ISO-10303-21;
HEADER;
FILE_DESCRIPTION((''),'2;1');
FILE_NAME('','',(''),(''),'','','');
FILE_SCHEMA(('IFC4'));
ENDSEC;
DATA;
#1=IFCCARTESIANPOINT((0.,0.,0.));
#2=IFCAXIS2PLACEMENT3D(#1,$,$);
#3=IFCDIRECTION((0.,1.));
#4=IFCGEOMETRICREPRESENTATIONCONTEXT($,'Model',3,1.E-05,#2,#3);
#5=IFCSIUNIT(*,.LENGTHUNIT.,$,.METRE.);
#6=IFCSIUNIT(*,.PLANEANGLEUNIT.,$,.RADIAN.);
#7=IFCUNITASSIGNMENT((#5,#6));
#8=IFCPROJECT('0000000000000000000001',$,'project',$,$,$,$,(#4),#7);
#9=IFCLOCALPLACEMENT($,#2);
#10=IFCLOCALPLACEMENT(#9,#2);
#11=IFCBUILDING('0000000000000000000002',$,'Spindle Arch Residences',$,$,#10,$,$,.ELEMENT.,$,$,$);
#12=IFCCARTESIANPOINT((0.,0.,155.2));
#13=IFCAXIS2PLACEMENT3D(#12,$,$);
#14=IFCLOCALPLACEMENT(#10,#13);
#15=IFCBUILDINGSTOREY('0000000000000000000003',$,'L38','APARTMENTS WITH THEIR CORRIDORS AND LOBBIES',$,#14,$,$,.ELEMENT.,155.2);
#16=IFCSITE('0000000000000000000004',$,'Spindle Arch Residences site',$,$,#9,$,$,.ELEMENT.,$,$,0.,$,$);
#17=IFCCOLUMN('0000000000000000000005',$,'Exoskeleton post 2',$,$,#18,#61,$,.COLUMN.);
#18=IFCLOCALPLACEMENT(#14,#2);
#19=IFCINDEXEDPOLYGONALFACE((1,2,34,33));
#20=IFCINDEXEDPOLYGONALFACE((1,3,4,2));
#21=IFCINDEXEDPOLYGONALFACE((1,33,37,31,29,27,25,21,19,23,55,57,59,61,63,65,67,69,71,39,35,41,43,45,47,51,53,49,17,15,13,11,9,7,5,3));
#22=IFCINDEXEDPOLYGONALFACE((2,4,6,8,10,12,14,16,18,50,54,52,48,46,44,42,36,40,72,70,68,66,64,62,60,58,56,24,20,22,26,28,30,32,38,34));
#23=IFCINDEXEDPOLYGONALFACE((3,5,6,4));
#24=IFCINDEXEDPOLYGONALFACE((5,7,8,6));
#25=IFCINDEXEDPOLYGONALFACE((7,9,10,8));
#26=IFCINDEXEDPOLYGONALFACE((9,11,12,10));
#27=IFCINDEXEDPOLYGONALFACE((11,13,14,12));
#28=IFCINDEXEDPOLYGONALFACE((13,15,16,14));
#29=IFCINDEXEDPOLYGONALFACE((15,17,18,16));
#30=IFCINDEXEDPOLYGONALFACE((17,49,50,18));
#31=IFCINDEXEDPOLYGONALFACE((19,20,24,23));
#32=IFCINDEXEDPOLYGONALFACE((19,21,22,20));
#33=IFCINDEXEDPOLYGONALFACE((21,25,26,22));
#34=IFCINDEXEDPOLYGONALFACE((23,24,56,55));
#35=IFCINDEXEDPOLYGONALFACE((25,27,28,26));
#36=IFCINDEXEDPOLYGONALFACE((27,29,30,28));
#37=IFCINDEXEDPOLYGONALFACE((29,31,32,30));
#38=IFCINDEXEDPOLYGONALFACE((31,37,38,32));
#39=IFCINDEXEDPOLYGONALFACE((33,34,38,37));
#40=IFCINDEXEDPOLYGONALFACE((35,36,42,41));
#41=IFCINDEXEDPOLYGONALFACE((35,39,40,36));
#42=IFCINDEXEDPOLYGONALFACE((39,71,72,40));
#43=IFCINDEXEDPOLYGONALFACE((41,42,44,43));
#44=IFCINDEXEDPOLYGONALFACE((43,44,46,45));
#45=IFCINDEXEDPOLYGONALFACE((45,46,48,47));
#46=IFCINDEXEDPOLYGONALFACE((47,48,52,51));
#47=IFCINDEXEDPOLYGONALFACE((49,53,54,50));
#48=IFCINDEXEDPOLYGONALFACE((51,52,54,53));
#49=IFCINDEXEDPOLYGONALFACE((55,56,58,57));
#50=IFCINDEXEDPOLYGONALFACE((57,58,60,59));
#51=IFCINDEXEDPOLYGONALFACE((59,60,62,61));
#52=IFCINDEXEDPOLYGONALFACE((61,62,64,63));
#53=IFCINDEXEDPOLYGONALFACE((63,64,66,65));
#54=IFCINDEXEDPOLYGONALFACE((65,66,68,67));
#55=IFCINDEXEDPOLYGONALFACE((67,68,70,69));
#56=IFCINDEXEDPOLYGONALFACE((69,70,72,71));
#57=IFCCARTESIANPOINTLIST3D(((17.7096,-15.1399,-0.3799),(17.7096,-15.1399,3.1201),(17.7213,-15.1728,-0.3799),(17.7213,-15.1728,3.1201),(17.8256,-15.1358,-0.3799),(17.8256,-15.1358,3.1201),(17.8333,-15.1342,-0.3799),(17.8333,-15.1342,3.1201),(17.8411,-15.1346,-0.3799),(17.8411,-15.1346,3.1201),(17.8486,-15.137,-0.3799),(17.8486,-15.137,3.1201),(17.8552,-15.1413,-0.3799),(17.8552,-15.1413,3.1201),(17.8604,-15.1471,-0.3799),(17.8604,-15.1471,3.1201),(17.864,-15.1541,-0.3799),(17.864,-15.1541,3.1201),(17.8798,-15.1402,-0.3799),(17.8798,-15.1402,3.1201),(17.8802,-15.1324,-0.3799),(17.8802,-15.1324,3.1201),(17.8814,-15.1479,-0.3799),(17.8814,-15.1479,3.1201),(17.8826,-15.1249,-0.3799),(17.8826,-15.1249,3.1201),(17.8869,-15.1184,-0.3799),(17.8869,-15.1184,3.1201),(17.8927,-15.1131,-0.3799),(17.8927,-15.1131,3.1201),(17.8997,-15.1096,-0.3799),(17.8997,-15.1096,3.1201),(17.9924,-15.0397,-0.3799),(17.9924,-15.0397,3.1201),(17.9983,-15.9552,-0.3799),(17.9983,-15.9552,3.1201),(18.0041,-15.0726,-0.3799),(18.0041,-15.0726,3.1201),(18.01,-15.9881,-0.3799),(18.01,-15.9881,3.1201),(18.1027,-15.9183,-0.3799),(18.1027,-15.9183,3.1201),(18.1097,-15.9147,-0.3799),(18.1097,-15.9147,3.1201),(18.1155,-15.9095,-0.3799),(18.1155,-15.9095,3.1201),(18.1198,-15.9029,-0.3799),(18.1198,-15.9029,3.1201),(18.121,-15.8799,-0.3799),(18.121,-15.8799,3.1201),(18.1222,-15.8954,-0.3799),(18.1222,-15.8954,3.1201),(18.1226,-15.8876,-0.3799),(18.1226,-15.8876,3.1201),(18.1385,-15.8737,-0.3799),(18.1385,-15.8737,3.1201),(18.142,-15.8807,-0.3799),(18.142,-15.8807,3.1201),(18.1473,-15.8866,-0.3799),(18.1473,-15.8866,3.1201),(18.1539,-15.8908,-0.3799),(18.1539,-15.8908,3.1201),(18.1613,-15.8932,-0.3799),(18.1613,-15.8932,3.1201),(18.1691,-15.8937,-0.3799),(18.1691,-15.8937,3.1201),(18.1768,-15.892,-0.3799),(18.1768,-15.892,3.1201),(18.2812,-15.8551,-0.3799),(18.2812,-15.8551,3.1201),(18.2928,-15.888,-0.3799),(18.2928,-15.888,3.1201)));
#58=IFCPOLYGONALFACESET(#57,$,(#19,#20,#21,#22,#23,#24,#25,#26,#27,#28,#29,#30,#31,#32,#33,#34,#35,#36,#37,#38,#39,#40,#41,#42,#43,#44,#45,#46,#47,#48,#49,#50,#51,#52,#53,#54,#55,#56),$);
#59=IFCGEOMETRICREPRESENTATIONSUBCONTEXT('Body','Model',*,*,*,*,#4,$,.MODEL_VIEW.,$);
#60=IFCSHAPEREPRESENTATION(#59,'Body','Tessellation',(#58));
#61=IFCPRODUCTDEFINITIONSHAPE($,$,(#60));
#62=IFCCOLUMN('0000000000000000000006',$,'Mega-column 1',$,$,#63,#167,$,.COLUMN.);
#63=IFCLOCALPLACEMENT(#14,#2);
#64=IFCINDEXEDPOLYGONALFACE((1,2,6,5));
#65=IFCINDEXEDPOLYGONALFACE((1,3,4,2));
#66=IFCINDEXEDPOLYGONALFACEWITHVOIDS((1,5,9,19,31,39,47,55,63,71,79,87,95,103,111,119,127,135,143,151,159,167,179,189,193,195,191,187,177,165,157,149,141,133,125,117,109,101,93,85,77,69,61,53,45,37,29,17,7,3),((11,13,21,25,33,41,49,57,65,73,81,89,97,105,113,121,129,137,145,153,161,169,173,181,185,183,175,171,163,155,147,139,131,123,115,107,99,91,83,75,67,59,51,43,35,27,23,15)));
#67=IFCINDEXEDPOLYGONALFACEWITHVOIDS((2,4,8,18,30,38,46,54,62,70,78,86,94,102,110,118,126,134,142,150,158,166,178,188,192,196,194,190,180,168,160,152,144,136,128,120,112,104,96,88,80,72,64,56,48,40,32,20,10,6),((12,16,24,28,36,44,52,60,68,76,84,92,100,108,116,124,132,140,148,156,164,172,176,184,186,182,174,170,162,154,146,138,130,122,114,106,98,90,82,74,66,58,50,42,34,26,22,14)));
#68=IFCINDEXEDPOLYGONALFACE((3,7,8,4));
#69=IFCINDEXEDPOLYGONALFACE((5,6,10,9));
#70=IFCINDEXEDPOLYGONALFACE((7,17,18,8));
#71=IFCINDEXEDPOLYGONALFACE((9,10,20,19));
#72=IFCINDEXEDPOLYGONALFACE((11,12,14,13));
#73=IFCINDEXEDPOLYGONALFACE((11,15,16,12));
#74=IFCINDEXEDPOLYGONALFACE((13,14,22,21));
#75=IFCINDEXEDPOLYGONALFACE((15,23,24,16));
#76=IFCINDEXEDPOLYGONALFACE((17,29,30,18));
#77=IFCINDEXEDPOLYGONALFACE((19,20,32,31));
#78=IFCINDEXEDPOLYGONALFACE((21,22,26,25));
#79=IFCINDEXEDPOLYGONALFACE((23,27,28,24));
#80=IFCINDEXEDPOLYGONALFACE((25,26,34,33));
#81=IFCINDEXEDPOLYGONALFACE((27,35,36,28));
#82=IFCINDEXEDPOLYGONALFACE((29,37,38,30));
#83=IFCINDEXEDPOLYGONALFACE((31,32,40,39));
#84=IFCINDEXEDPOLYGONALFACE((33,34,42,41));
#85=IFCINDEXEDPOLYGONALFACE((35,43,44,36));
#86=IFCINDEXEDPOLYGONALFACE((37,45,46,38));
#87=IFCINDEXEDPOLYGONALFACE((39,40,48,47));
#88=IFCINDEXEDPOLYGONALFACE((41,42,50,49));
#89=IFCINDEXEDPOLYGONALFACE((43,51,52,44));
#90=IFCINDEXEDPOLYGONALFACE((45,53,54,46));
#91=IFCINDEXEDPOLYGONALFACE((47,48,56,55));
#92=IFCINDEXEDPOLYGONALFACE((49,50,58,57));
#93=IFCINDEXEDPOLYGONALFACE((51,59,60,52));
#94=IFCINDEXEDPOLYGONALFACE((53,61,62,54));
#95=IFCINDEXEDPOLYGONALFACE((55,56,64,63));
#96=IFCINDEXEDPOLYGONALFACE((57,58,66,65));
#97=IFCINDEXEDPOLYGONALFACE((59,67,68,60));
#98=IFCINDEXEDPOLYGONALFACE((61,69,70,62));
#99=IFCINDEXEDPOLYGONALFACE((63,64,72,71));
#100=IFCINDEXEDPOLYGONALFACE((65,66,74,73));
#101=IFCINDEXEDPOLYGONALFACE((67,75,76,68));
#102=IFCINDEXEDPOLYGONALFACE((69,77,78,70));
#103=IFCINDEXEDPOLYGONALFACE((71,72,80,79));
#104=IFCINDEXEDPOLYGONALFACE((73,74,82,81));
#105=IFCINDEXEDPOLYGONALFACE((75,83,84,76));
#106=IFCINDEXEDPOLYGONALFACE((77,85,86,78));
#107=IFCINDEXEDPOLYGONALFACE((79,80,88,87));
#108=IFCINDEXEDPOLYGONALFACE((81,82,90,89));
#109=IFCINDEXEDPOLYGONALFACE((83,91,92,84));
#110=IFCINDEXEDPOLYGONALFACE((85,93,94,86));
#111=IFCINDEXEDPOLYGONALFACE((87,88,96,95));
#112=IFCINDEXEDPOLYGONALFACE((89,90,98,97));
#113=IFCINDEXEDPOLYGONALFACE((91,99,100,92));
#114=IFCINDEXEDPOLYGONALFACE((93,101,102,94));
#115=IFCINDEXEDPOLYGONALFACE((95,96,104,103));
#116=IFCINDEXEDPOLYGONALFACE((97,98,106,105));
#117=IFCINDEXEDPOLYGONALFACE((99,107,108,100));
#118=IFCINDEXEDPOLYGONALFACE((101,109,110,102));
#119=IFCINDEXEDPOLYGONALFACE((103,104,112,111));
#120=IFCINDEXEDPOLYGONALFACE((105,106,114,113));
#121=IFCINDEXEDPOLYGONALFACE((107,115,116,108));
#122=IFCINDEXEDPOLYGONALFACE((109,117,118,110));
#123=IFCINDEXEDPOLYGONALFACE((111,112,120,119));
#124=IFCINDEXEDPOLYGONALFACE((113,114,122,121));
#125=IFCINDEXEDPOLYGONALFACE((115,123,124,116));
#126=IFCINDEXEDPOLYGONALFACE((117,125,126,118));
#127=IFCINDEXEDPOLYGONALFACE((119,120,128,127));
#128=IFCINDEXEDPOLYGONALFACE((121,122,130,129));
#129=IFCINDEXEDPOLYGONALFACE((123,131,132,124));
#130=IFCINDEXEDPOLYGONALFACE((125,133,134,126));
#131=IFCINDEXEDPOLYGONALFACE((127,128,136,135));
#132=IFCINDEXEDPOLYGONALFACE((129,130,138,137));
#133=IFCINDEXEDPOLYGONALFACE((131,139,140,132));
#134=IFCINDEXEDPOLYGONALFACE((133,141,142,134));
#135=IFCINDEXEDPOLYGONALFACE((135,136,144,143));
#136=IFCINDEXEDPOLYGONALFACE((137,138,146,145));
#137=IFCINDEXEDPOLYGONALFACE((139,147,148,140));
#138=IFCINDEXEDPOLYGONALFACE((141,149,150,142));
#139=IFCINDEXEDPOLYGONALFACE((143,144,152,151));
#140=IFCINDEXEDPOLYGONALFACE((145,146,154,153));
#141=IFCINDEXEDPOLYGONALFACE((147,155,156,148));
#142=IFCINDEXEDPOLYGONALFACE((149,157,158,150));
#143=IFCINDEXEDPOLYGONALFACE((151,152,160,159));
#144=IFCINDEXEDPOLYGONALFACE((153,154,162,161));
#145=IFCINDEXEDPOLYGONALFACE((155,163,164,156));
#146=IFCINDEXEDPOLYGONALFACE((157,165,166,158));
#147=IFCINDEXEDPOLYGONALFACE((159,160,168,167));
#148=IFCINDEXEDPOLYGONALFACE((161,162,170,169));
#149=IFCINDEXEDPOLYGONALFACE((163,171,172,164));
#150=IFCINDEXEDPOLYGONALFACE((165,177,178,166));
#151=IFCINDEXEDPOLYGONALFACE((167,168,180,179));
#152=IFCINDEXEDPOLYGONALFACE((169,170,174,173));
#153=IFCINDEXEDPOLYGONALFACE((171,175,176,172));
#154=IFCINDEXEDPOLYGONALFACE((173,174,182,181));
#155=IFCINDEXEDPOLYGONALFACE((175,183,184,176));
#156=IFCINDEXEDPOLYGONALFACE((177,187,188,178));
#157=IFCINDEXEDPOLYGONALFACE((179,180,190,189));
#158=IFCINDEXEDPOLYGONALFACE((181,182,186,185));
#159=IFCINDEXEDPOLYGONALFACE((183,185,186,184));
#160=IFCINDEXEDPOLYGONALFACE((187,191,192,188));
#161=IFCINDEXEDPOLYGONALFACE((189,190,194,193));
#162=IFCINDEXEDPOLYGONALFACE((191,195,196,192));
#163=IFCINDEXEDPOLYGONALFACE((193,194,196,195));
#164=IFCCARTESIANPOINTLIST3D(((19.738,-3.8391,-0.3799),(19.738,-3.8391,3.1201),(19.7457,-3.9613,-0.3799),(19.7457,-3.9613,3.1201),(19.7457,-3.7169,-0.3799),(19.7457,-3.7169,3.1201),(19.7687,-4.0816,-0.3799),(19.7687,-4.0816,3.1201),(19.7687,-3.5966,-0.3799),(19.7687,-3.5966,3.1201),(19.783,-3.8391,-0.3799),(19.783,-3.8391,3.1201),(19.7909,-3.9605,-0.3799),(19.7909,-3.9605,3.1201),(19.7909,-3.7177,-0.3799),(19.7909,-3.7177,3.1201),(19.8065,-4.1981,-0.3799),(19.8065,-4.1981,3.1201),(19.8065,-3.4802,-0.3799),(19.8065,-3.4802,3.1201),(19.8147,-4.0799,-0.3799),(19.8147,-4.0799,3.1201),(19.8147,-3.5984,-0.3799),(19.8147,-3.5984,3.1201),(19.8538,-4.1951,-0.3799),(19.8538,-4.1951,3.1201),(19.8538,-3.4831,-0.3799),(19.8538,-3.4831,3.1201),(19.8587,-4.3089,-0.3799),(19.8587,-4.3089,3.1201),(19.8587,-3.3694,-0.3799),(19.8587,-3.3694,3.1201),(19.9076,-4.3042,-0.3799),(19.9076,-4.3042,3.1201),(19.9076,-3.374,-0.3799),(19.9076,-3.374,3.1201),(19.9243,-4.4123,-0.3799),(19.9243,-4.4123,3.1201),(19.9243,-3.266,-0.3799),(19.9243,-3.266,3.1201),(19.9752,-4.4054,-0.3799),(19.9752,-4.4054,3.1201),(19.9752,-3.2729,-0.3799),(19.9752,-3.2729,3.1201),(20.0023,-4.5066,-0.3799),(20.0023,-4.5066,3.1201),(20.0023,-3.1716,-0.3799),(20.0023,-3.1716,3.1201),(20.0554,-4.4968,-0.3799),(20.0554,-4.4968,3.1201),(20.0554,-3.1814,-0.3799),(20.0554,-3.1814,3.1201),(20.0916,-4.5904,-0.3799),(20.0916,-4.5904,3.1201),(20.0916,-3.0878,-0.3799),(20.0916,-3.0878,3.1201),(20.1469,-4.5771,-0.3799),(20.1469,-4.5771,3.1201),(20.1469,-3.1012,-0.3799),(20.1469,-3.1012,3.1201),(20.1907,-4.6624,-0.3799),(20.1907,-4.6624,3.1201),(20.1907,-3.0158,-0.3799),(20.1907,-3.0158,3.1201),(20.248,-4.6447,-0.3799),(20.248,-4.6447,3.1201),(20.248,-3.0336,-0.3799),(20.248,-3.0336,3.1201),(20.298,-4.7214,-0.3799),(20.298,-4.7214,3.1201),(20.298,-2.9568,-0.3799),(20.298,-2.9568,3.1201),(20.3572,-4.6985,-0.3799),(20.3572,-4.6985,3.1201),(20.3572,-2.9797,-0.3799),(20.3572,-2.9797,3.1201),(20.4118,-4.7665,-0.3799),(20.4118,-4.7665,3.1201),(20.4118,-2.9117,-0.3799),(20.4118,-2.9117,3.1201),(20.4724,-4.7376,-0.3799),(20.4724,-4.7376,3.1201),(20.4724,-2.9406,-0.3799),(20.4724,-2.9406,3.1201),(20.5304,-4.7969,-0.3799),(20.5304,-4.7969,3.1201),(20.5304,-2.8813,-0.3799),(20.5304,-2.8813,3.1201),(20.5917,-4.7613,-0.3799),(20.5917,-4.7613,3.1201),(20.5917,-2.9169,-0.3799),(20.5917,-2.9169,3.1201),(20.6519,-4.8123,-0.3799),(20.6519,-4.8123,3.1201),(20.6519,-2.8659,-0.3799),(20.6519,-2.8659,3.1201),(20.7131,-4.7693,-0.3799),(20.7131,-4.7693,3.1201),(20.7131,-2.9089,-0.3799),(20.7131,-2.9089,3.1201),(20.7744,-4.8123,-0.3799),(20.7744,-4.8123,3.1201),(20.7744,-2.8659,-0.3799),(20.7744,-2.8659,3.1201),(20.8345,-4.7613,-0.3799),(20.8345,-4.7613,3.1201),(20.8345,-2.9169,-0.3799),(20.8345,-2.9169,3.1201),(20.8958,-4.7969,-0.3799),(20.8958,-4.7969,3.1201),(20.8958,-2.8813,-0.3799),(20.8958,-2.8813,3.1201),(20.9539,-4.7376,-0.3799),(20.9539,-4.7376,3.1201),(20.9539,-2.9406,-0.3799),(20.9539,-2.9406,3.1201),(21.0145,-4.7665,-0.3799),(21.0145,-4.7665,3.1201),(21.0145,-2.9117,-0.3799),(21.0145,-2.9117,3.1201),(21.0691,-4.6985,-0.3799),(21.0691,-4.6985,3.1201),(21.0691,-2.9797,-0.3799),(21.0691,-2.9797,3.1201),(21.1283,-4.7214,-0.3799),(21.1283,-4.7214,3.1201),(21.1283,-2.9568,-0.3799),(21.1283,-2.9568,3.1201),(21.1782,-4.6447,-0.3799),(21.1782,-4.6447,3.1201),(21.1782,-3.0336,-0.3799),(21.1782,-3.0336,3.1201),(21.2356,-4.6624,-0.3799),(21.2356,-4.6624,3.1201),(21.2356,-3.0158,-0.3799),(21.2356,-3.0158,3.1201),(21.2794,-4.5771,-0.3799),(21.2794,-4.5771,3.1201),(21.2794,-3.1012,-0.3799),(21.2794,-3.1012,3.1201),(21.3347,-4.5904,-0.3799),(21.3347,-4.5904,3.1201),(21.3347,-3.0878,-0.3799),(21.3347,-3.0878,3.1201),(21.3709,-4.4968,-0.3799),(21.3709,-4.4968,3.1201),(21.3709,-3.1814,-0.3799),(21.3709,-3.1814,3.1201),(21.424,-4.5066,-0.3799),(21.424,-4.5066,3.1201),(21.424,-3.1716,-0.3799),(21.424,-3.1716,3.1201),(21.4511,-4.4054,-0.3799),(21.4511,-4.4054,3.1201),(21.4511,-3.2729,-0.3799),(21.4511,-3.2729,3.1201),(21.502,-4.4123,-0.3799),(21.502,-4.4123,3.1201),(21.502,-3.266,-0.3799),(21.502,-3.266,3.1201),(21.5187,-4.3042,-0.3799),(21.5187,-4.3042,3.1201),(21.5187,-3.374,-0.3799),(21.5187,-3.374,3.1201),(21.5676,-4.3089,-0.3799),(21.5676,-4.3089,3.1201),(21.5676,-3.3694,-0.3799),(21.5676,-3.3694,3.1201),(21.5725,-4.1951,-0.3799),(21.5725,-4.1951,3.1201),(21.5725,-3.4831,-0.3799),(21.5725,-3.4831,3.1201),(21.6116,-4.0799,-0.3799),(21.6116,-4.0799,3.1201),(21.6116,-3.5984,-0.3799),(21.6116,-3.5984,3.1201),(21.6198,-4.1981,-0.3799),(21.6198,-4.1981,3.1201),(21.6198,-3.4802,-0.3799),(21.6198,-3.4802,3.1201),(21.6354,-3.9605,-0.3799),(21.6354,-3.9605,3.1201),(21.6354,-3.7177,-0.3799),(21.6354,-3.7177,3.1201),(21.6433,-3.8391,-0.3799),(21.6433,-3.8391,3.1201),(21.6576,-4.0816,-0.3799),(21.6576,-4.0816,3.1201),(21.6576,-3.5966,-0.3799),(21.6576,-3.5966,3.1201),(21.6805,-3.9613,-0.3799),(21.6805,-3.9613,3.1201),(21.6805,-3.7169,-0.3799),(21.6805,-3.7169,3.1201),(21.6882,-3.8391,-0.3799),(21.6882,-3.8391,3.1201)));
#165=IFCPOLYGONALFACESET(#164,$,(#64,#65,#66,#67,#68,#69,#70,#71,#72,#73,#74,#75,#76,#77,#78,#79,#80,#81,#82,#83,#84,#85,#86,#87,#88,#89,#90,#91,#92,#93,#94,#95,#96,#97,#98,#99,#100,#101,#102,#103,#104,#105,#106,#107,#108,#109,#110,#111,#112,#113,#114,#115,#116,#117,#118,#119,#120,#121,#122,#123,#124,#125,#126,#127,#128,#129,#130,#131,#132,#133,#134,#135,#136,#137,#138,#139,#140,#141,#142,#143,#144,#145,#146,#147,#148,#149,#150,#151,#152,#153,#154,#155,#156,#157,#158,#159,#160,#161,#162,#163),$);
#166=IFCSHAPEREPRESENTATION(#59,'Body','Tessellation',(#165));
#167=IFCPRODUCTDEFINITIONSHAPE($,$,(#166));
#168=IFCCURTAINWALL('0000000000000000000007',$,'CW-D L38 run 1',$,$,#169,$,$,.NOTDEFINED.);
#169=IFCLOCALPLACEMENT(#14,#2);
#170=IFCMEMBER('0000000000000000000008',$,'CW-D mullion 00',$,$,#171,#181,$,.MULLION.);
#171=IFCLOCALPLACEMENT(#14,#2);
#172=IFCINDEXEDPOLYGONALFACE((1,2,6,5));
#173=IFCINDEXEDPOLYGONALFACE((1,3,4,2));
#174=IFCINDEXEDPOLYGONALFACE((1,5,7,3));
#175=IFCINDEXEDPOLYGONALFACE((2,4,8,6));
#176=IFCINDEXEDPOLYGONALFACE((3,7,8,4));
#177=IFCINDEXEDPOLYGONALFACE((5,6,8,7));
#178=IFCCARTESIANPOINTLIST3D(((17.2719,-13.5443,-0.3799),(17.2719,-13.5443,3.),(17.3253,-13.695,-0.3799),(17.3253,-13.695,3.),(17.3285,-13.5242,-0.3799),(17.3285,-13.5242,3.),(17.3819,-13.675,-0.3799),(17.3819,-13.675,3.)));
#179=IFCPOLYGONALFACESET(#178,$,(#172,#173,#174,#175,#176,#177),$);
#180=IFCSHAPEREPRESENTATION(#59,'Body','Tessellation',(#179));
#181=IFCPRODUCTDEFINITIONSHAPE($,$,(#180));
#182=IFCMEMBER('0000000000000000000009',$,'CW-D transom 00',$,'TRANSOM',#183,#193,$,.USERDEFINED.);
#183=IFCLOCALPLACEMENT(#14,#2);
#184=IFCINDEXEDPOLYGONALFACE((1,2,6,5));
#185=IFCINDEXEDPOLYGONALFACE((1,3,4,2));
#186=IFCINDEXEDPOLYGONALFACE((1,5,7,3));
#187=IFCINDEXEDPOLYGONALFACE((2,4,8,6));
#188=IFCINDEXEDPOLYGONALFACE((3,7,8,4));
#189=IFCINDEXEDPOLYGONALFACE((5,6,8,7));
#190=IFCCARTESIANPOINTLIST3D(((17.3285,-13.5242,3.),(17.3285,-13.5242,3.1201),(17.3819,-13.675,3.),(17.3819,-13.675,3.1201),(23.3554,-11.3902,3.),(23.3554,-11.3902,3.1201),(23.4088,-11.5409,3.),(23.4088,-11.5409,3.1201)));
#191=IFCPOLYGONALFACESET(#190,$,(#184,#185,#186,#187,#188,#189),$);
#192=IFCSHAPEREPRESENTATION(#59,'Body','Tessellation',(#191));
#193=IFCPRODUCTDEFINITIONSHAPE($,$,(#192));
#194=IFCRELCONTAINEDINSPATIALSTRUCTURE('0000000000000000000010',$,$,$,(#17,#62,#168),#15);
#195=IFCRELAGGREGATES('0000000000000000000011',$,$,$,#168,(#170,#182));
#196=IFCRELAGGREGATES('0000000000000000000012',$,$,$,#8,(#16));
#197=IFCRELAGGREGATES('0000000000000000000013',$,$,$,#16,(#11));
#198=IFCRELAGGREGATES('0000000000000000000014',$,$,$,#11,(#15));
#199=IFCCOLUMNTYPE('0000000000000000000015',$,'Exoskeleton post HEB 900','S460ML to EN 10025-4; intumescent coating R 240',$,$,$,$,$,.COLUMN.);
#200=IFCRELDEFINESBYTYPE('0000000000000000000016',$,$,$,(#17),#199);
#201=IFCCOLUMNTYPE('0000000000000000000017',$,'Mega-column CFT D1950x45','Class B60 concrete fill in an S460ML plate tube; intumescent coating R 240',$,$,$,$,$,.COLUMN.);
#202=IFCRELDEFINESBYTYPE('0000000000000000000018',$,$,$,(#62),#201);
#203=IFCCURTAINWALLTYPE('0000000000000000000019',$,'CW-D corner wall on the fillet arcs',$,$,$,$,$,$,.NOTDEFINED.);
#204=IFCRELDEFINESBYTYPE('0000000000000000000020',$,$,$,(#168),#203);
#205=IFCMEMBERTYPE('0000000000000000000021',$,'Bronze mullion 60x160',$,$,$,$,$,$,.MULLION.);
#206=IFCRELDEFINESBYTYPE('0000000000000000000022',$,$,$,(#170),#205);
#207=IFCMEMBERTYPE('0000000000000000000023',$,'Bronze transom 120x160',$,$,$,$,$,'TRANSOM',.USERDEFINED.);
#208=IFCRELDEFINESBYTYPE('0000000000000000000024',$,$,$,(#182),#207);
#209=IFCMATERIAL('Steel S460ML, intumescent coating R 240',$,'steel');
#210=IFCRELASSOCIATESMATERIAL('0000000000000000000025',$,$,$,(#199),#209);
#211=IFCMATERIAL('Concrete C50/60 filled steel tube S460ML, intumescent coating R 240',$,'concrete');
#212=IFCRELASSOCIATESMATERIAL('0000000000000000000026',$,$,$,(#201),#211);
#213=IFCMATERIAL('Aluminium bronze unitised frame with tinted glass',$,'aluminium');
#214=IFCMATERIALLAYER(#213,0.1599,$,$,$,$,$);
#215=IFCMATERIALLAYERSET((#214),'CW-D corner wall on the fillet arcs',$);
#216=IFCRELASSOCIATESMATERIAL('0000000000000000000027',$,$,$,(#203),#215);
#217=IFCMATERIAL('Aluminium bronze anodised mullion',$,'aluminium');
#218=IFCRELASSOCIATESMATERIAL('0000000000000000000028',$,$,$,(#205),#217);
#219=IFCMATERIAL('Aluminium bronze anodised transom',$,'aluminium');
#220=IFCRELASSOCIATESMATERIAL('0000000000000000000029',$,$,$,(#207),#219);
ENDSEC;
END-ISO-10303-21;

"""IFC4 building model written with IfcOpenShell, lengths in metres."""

from ifc_helpers import new_model, si_unit, direction, frame, origin, origin_2d, place, context, subcontext, project, spatial, rectangle, hollow_circle, i_section, extrude, material, layer, layer_set, material_profile, profile_set, type_object, element, aggregate, save


model = new_model("IFC4")

# Units and contexts
model_context = context("Model", 3, precision=1e-05, world=origin(), true_north=direction((0.0, 1.0)))
body_context = subcontext(model_context, "Body", "Model", "MODEL_VIEW")
ifc_project = project(units=[si_unit("LENGTHUNIT", "METRE"), si_unit("PLANEANGLEUNIT", "RADIAN")], contexts=[model_context])

# Site, building, storey
site_placement = place(None, origin())
site = spatial("IfcSite", under=ifc_project, at=site_placement, Name="Spindle Arch Residences site", CompositionType="ELEMENT", RefElevation=0.0)
building_placement = place(site_placement, origin())
building = spatial("IfcBuilding", under=site, at=building_placement, Name="Spindle Arch Residences", CompositionType="ELEMENT")
storey_placement = place(building_placement, frame((0.0, 0.0, 155.2)))
storey = spatial("IfcBuildingStorey", under=building, at=storey_placement, Name="L38", Description="APARTMENTS WITH THEIR CORRIDORS AND LOBBIES", CompositionType="ELEMENT", Elevation=155.2)

# Columns
ifc_material_1 = material(Name="Steel S460ML, intumescent coating R 240", Category="steel")
ifc_material_profile_1 = material_profile(ifc_material_1, i_section(OverallWidth=0.3, OverallDepth=0.8999, WebThickness=0.0186, FlangeThickness=0.0349, FilletRadius=0.03, at=origin_2d()), Name="HEB 900")
ifc_profile_set_1 = profile_set([ifc_material_profile_1], Name="Steel S460ML, intumescent coating R 240")
column_type_1 = type_object("IfcColumnType", Name="Exoskeleton post HEB 900", Description="S460ML to EN 10025-4; intumescent coating R 240", PredefinedType="COLUMN", material=ifc_profile_set_1)
column_1_placement = place(storey_placement, frame((18.0012, -15.5139, -0.3799), z_axis=(0.0, 0.0, 1.0), x_axis=(-0.942641, -0.333807, 0.0)))
element("IfcColumn", 1, at=column_1_placement, inside=storey, type_object=column_type_1, Name="Exoskeleton post 2", PredefinedType="COLUMN", context=body_context, shape_type="SweptSolid", body=[
    extrude(i_section(OverallWidth=0.3, OverallDepth=0.8999, WebThickness=0.0186, FlangeThickness=0.0349, FilletRadius=0.03, at=origin_2d()), origin(), (0.0, 0.0, 1.0), 3.5),
])
ifc_material_2 = material(Name="Concrete C50/60 filled steel tube S460ML, intumescent coating R 240", Category="concrete")
ifc_material_profile_2 = material_profile(ifc_material_2, hollow_circle(Radius=0.9751, WallThickness=0.0449, at=origin_2d()), Name="CFT D1950x45")
ifc_profile_set_2 = profile_set([ifc_material_profile_2], Name="Concrete C50/60 filled steel tube S460ML, intumescent coating R 240")
column_type_2 = type_object("IfcColumnType", Name="Mega-column CFT D1950x45", Description="Class B60 concrete fill in an S460ML plate tube; intumescent coating R 240", PredefinedType="COLUMN", material=ifc_profile_set_2)
column_2_placement = place(storey_placement, frame((20.7131, -3.8391, -0.3799), z_axis=(0.0, 0.0, 1.0), x_axis=(1.0, 0.0, 0.0)))
element("IfcColumn", 2, at=column_2_placement, inside=storey, type_object=column_type_2, Name="Mega-column 1", PredefinedType="COLUMN", context=body_context, shape_type="SweptSolid", body=[
    extrude(hollow_circle(Radius=0.9751, WallThickness=0.0449, at=origin_2d()), origin(), (0.0, 0.0, 1.0), 3.5),
])

# Curtain wall, members
ifc_material_3 = material(Name="Aluminium bronze unitised frame with tinted glass", Category="aluminium")
ifc_layer_1 = layer(ifc_material_3, 0.1599)
ifc_layer_set_1 = layer_set([ifc_layer_1], Name="CW-D corner wall on the fillet arcs")
curtain_wall_type_1 = type_object("IfcCurtainWallType", Name="CW-D corner wall on the fillet arcs", PredefinedType="NOTDEFINED", material=ifc_layer_set_1)
curtain_wall_1_placement = place(storey_placement, origin())
curtain_wall_1 = element("IfcCurtainWall", 3, at=curtain_wall_1_placement, inside=storey, type_object=curtain_wall_type_1, Name="CW-D L38 run 1", PredefinedType="NOTDEFINED")
ifc_material_4 = material(Name="Aluminium bronze anodised mullion", Category="aluminium")
ifc_material_profile_3 = material_profile(ifc_material_4, rectangle(XDim=0.1599, YDim=0.0601, at=origin_2d()), Name="MU 60x160")
ifc_profile_set_3 = profile_set([ifc_material_profile_3], Name="Aluminium bronze anodised mullion")
member_type_1 = type_object("IfcMemberType", Name="Bronze mullion 60x160", PredefinedType="MULLION", material=ifc_profile_set_3)
member_1_placement = place(storey_placement, frame((17.3269, -13.6096, -0.3799), z_axis=(0.0, 0.0, 1.0), x_axis=(-0.333807, 0.942641, 0.0)))
member_1 = element("IfcMember", 4, at=member_1_placement, type_object=member_type_1, Name="CW-D mullion 00", PredefinedType="MULLION", context=body_context, shape_type="SweptSolid", body=[
    extrude(rectangle(XDim=0.1599, YDim=0.0601, at=origin_2d()), origin(), (0.0, 0.0, 1.0), 3.3799),
])
ifc_material_5 = material(Name="Aluminium bronze anodised transom", Category="aluminium")
ifc_material_profile_4 = material_profile(ifc_material_5, rectangle(XDim=0.1599, YDim=0.1201, at=origin_2d()), Name="TR 120x160")
ifc_profile_set_4 = profile_set([ifc_material_profile_4], Name="Aluminium bronze anodised transom")
member_type_2 = type_object("IfcMemberType", Name="Bronze transom 120x160", ElementType="TRANSOM", PredefinedType="USERDEFINED", material=ifc_profile_set_4)
member_2_placement = place(storey_placement, frame((17.3552, -13.5996, 3.0601), z_axis=(0.942651, 0.333781, 0.0), x_axis=(-0.333781, 0.942651, 0.0)))
member_2 = element("IfcMember", 5, at=member_2_placement, type_object=member_type_2, Name="CW-D transom 00", ObjectType="TRANSOM", PredefinedType="USERDEFINED", context=body_context, shape_type="SweptSolid", body=[
    extrude(rectangle(XDim=0.1599, YDim=0.1201, at=origin_2d()), origin(), (0.0, 0.0, 1.0), 6.3936),
])

aggregate(curtain_wall_1, [member_1, member_2])

save(model, "model.ifc")
